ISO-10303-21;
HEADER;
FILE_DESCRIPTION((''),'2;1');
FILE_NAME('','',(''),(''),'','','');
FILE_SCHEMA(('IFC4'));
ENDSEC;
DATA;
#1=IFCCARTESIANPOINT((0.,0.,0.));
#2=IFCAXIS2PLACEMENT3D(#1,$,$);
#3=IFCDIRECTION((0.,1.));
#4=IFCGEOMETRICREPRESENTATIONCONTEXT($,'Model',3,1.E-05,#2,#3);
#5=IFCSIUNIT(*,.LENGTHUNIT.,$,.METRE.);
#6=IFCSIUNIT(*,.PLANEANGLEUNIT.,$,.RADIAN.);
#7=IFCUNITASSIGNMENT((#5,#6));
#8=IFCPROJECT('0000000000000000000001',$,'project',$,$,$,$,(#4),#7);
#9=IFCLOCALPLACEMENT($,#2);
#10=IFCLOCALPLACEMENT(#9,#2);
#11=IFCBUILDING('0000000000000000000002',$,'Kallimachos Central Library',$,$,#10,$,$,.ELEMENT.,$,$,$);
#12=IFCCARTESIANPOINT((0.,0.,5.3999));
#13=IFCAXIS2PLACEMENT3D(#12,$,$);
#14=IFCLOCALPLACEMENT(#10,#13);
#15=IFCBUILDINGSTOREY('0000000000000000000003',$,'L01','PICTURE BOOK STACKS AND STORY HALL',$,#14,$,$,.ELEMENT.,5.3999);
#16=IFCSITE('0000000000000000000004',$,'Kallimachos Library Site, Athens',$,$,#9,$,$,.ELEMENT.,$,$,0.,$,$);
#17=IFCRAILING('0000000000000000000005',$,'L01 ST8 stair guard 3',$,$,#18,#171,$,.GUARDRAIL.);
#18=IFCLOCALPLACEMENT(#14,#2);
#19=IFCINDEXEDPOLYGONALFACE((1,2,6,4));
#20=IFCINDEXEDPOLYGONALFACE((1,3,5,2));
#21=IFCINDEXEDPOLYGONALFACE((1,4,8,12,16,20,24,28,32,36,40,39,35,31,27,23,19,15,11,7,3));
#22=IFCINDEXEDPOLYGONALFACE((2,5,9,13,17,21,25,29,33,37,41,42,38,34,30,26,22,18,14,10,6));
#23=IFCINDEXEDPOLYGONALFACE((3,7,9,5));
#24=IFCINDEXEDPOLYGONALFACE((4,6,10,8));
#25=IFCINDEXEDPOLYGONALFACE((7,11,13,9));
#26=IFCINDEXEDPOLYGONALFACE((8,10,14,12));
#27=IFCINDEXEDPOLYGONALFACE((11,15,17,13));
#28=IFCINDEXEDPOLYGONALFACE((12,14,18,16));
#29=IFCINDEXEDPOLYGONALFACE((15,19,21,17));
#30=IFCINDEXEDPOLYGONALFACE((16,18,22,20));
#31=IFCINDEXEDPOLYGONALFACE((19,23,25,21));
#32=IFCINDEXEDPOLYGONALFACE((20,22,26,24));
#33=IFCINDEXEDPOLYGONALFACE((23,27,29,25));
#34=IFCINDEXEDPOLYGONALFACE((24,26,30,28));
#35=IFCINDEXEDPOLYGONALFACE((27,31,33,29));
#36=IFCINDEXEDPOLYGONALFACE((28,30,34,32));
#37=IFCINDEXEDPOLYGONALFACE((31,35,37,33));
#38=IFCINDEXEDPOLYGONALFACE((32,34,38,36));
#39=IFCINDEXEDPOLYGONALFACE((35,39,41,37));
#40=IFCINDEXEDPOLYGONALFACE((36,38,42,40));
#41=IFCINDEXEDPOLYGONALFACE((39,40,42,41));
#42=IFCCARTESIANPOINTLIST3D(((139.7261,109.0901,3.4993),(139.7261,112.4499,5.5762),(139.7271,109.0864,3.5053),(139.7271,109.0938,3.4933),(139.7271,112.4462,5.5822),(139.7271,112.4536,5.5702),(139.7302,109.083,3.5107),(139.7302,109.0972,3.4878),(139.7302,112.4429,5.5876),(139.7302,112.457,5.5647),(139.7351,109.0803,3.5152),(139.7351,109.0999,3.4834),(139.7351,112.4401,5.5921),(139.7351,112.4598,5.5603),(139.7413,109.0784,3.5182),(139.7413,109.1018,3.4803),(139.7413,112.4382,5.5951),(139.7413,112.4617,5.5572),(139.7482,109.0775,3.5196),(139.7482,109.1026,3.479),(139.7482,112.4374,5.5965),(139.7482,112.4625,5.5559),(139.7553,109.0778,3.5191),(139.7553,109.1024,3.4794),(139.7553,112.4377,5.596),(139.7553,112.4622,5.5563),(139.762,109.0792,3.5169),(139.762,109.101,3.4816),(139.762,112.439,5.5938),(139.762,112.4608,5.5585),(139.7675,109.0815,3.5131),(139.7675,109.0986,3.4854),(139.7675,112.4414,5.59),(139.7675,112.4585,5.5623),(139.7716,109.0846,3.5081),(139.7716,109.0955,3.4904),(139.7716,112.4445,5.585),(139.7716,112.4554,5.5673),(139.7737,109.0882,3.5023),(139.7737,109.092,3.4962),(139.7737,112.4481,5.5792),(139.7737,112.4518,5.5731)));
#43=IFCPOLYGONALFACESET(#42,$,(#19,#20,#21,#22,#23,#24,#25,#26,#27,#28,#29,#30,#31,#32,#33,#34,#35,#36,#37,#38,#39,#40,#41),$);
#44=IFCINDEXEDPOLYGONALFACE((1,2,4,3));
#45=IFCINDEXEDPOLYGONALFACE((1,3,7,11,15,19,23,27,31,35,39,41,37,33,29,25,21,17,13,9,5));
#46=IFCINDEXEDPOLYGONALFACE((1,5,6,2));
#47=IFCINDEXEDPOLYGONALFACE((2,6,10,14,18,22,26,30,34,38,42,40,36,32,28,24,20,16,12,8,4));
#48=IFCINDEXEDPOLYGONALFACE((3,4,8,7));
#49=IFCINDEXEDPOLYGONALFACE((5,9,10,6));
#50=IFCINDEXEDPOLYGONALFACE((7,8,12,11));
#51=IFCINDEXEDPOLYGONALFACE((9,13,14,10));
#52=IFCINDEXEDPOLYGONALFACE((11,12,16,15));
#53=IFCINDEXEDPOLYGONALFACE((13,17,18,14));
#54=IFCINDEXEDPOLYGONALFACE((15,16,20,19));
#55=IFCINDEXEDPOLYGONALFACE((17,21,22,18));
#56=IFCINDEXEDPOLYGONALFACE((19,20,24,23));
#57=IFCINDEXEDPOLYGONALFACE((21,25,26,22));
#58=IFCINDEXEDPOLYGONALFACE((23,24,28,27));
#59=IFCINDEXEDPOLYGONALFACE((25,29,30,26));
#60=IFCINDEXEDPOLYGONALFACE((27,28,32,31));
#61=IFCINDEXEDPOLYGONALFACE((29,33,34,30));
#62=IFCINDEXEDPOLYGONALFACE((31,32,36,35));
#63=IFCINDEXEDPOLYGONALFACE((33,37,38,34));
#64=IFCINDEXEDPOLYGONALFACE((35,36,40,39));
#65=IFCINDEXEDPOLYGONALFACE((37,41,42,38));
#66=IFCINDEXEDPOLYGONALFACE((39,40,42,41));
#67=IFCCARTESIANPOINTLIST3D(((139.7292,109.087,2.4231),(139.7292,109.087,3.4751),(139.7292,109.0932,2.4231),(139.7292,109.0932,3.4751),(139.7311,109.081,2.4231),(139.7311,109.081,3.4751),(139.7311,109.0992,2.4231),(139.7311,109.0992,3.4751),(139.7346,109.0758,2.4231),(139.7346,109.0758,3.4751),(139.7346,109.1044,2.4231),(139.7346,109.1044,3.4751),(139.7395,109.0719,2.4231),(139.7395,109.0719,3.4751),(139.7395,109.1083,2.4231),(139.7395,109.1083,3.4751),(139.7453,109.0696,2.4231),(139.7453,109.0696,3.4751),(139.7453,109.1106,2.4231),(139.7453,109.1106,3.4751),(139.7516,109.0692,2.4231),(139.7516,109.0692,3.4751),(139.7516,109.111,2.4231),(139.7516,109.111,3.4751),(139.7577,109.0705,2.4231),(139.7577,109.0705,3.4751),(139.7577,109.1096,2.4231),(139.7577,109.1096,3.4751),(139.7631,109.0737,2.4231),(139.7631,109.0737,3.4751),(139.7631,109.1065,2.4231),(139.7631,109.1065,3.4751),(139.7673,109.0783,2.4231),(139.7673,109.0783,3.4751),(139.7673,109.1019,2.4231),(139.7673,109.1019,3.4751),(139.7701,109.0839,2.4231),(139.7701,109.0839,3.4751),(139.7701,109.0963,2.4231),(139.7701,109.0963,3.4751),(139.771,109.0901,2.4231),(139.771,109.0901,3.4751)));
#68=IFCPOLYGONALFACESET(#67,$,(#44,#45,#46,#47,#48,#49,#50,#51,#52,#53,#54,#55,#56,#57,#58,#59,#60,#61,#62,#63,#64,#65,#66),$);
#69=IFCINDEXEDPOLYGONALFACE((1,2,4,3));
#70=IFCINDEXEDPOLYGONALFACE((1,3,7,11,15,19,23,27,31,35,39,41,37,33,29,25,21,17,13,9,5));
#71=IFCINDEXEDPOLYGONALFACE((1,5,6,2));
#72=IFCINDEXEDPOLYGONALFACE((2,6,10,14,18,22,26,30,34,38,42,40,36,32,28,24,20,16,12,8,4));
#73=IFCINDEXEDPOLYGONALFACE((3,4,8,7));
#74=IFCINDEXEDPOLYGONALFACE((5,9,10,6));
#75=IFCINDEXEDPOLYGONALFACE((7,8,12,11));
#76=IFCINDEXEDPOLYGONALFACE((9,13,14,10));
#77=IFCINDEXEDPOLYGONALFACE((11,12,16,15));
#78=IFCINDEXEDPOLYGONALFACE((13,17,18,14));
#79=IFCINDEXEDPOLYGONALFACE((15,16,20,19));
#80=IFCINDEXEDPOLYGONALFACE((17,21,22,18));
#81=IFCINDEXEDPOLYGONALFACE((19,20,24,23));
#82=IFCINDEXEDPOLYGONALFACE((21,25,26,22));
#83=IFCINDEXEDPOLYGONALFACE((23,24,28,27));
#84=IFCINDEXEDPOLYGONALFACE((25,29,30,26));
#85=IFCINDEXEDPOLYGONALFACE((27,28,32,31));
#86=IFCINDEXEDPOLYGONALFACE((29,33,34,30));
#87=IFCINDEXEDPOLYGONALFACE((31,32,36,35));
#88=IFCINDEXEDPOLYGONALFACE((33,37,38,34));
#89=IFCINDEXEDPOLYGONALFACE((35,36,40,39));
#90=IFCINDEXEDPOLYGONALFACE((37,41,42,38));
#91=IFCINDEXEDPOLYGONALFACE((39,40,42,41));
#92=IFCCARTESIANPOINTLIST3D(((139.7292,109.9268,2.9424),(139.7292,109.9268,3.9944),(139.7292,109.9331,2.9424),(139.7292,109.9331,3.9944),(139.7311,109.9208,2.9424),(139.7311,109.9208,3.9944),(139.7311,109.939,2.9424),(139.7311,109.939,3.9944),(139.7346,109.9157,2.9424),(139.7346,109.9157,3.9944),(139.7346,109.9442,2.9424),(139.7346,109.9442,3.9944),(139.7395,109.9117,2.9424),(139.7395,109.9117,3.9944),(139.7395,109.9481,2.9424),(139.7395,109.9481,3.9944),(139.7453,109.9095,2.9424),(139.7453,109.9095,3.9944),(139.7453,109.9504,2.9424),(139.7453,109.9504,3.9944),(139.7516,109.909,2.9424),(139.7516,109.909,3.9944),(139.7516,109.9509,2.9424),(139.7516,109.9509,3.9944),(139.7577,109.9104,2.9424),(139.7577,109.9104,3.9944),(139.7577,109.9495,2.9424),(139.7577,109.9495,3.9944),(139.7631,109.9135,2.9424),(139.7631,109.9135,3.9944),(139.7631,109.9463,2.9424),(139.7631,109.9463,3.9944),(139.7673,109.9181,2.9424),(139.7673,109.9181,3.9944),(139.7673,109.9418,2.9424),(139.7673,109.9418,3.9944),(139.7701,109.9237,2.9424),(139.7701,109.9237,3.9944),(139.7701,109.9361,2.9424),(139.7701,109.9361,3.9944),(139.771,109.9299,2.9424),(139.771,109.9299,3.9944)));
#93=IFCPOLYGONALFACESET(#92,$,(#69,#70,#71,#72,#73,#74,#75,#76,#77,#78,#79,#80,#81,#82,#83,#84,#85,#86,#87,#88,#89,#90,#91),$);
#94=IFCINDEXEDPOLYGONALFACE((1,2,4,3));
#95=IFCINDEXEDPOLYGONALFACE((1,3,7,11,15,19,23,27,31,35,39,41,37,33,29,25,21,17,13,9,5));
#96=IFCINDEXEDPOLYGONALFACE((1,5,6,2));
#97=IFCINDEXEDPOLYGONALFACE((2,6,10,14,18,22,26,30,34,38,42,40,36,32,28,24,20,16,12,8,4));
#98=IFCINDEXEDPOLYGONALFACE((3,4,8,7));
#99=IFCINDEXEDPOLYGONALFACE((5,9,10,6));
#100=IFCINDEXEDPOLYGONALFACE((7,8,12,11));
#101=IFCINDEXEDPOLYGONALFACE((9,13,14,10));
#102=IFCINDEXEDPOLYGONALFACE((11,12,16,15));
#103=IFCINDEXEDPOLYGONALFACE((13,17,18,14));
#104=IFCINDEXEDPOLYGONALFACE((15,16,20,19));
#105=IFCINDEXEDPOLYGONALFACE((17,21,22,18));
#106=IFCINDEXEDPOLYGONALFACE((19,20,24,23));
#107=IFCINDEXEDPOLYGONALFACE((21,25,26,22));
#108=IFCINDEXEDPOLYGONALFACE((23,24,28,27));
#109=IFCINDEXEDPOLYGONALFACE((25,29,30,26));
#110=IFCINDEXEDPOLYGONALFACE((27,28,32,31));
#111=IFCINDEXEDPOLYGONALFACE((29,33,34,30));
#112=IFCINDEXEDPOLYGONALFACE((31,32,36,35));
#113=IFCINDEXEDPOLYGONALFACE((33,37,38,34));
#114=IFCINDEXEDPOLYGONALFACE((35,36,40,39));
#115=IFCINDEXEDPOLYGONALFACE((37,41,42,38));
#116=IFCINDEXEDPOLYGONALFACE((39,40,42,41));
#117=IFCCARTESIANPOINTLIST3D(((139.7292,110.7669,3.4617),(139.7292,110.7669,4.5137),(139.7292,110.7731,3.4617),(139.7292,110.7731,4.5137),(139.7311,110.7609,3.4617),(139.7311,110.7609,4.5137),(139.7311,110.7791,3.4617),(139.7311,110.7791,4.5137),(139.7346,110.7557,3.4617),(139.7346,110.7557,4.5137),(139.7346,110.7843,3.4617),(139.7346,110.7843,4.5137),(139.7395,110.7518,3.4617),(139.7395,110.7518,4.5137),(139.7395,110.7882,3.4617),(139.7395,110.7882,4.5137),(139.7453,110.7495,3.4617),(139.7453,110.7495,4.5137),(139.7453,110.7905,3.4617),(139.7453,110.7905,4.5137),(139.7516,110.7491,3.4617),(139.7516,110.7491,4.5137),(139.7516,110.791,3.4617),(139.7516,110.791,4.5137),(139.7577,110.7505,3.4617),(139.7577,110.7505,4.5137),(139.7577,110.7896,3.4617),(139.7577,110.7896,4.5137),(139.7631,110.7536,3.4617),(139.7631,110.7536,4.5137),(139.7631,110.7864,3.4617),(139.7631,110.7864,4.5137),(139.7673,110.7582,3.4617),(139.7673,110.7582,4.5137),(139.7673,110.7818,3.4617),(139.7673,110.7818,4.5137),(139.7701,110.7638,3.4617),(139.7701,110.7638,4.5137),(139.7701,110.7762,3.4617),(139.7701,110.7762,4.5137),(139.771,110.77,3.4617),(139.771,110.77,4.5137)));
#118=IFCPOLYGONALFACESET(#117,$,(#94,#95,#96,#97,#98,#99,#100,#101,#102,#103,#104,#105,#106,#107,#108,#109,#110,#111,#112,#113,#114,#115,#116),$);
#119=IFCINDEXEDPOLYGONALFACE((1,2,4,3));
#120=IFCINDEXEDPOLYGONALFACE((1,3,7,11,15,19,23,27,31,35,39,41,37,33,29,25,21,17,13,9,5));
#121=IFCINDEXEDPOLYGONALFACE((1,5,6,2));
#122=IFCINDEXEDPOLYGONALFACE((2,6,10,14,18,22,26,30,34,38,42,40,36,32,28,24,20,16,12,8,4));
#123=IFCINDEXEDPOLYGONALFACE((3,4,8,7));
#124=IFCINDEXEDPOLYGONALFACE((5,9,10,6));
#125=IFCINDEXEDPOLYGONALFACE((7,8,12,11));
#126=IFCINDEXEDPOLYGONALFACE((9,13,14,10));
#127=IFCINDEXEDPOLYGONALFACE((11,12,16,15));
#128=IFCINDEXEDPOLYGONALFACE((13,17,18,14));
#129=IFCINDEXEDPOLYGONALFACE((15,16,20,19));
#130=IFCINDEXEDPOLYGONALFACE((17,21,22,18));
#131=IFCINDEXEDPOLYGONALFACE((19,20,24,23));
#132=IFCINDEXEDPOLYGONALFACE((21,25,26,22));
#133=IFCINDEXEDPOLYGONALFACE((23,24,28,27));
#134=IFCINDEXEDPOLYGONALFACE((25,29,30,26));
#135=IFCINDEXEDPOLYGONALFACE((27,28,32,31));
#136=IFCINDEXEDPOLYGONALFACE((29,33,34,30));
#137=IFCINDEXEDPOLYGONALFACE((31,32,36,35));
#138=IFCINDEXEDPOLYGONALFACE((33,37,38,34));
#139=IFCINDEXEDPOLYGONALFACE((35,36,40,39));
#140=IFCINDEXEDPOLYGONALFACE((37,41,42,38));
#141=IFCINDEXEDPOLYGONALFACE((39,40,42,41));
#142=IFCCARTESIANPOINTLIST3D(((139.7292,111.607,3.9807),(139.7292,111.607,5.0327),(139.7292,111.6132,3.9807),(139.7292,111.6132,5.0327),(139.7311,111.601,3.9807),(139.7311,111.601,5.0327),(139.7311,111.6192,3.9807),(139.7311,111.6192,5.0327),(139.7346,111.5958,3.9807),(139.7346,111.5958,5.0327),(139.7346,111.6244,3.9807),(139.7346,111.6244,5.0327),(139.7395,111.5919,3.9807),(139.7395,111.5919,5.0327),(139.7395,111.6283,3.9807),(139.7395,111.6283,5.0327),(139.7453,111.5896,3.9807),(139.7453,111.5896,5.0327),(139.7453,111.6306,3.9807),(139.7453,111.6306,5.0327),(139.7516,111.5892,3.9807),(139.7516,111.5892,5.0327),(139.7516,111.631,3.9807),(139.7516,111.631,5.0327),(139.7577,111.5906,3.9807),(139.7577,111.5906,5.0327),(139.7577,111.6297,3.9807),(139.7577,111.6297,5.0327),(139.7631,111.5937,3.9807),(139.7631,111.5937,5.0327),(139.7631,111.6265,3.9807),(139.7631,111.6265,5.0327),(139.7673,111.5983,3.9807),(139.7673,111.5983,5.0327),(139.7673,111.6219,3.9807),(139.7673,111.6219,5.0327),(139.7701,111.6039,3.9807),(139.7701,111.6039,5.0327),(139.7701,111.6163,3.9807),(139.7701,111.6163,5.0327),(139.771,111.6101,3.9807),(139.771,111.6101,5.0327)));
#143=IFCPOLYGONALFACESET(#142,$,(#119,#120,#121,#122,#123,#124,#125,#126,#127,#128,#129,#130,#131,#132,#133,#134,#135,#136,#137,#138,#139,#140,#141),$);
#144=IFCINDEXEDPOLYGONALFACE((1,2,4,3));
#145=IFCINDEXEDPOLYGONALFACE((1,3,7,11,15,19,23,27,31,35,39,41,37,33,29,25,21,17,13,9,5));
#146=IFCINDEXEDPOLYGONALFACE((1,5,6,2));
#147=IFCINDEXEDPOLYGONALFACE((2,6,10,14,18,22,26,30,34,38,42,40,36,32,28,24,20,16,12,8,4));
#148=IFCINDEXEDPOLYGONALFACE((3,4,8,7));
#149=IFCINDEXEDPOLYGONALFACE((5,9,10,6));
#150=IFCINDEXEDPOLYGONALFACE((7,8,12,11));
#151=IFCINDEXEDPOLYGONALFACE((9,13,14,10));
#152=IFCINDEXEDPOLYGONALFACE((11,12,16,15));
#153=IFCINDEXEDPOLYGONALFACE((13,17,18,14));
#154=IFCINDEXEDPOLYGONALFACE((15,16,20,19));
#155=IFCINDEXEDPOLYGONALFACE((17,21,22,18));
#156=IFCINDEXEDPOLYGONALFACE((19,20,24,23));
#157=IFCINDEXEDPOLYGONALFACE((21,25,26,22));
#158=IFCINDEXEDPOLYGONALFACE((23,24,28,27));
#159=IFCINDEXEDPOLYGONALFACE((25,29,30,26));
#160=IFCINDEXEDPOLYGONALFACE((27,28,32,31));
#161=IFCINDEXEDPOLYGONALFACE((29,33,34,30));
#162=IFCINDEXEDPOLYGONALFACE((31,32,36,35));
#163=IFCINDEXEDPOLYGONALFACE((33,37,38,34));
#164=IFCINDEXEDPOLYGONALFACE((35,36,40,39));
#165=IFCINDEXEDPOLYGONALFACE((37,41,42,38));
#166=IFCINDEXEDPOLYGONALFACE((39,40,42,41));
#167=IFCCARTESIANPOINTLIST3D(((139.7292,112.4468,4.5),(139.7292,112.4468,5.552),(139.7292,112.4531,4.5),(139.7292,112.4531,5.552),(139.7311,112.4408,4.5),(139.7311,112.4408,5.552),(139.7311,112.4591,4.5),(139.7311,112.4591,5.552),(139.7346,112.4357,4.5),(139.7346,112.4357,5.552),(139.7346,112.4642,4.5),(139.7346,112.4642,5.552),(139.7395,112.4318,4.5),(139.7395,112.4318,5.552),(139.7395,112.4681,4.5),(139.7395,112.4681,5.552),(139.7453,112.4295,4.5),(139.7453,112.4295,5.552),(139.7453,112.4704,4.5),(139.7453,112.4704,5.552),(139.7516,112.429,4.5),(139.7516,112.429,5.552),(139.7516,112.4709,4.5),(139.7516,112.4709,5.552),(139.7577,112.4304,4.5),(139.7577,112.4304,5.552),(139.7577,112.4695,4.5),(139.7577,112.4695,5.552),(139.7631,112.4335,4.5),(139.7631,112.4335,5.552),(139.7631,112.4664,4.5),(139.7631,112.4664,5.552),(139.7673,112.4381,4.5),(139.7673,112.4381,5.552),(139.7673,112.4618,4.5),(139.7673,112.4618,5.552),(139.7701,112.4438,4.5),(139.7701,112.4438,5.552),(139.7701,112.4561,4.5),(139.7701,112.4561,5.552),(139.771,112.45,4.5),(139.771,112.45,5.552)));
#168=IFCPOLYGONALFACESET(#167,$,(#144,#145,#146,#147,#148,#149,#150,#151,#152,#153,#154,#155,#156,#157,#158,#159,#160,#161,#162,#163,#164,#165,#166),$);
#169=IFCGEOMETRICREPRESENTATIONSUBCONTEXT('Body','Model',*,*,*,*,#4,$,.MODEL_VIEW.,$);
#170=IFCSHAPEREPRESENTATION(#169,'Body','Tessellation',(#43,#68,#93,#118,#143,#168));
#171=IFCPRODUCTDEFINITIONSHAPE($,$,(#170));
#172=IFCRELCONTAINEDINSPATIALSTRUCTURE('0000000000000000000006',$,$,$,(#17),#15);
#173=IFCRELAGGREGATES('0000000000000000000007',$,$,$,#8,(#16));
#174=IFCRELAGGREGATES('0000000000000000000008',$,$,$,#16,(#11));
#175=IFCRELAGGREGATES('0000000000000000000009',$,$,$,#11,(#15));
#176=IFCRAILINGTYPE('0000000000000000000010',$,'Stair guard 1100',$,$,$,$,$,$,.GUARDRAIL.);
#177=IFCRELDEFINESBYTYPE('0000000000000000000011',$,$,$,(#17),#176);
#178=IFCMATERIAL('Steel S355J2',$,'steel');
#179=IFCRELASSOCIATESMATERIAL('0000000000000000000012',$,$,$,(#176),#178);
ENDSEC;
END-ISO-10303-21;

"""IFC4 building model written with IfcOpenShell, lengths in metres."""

from ifc_helpers import new_model, si_unit, direction, frame, origin, origin_2d, place, context, subcontext, project, spatial, circle, extrude, material, type_object, element, save


model = new_model("IFC4")

# Units and contexts
model_context = context("Model", 3, precision=1e-05, world=origin(), true_north=direction((0.0, 1.0)))
body_context = subcontext(model_context, "Body", "Model", "MODEL_VIEW")
ifc_project = project(units=[si_unit("LENGTHUNIT", "METRE"), si_unit("PLANEANGLEUNIT", "RADIAN")], contexts=[model_context])

# Site, building, storey
site_placement = place(None, origin())
site = spatial("IfcSite", under=ifc_project, at=site_placement, Name="Kallimachos Library Site, Athens", CompositionType="ELEMENT", RefElevation=0.0)
building_placement = place(site_placement, origin())
building = spatial("IfcBuilding", under=site, at=building_placement, Name="Kallimachos Central Library", CompositionType="ELEMENT")
storey_placement = place(building_placement, frame((0.0, 0.0, 5.3999)))
storey = spatial("IfcBuildingStorey", under=building, at=storey_placement, Name="L01", Description="PICTURE BOOK STACKS AND STORY HALL", CompositionType="ELEMENT", Elevation=5.3999)

# Railing
ifc_material_1 = material(Name="Steel S355J2", Category="steel")
railing_type_1 = type_object("IfcRailingType", Name="Stair guard 1100", PredefinedType="GUARDRAIL", material=ifc_material_1)
railing_1_placement = place(storey_placement, frame((139.75, 109.0901, 2.4231)))
element("IfcRailing", 1, at=railing_1_placement, inside=storey, type_object=railing_type_1, Name="L01 ST8 stair guard 3", PredefinedType="GUARDRAIL", context=body_context, shape_type="SweptSolid", body=[
    extrude(circle(Radius=0.0239, at=origin_2d()), frame((0.0, 0.0, 1.0762), z_axis=(0.0, 0.850606, 0.525803), x_axis=(-1.0, 0.0, 0.0)), (0.0, 0.0, 1.0), 3.95),
    extrude(circle(Radius=0.021, at=origin_2d()), origin(), (0.0, 0.0, 1.0), 1.052),
    extrude(circle(Radius=0.021, at=origin_2d()), frame((0.0, 0.8398, 0.5193)), (0.0, 0.0, 1.0), 1.052),
    extrude(circle(Radius=0.021, at=origin_2d()), frame((0.0, 1.6799, 1.0386)), (0.0, 0.0, 1.0), 1.052),
    extrude(circle(Radius=0.021, at=origin_2d()), frame((0.0, 2.52, 1.5576)), (0.0, 0.0, 1.0), 1.052),
    extrude(circle(Radius=0.021, at=origin_2d()), frame((0.0, 3.3599, 2.0769)), (0.0, 0.0, 1.0), 1.052),
])

save(model, "model.ifc")
